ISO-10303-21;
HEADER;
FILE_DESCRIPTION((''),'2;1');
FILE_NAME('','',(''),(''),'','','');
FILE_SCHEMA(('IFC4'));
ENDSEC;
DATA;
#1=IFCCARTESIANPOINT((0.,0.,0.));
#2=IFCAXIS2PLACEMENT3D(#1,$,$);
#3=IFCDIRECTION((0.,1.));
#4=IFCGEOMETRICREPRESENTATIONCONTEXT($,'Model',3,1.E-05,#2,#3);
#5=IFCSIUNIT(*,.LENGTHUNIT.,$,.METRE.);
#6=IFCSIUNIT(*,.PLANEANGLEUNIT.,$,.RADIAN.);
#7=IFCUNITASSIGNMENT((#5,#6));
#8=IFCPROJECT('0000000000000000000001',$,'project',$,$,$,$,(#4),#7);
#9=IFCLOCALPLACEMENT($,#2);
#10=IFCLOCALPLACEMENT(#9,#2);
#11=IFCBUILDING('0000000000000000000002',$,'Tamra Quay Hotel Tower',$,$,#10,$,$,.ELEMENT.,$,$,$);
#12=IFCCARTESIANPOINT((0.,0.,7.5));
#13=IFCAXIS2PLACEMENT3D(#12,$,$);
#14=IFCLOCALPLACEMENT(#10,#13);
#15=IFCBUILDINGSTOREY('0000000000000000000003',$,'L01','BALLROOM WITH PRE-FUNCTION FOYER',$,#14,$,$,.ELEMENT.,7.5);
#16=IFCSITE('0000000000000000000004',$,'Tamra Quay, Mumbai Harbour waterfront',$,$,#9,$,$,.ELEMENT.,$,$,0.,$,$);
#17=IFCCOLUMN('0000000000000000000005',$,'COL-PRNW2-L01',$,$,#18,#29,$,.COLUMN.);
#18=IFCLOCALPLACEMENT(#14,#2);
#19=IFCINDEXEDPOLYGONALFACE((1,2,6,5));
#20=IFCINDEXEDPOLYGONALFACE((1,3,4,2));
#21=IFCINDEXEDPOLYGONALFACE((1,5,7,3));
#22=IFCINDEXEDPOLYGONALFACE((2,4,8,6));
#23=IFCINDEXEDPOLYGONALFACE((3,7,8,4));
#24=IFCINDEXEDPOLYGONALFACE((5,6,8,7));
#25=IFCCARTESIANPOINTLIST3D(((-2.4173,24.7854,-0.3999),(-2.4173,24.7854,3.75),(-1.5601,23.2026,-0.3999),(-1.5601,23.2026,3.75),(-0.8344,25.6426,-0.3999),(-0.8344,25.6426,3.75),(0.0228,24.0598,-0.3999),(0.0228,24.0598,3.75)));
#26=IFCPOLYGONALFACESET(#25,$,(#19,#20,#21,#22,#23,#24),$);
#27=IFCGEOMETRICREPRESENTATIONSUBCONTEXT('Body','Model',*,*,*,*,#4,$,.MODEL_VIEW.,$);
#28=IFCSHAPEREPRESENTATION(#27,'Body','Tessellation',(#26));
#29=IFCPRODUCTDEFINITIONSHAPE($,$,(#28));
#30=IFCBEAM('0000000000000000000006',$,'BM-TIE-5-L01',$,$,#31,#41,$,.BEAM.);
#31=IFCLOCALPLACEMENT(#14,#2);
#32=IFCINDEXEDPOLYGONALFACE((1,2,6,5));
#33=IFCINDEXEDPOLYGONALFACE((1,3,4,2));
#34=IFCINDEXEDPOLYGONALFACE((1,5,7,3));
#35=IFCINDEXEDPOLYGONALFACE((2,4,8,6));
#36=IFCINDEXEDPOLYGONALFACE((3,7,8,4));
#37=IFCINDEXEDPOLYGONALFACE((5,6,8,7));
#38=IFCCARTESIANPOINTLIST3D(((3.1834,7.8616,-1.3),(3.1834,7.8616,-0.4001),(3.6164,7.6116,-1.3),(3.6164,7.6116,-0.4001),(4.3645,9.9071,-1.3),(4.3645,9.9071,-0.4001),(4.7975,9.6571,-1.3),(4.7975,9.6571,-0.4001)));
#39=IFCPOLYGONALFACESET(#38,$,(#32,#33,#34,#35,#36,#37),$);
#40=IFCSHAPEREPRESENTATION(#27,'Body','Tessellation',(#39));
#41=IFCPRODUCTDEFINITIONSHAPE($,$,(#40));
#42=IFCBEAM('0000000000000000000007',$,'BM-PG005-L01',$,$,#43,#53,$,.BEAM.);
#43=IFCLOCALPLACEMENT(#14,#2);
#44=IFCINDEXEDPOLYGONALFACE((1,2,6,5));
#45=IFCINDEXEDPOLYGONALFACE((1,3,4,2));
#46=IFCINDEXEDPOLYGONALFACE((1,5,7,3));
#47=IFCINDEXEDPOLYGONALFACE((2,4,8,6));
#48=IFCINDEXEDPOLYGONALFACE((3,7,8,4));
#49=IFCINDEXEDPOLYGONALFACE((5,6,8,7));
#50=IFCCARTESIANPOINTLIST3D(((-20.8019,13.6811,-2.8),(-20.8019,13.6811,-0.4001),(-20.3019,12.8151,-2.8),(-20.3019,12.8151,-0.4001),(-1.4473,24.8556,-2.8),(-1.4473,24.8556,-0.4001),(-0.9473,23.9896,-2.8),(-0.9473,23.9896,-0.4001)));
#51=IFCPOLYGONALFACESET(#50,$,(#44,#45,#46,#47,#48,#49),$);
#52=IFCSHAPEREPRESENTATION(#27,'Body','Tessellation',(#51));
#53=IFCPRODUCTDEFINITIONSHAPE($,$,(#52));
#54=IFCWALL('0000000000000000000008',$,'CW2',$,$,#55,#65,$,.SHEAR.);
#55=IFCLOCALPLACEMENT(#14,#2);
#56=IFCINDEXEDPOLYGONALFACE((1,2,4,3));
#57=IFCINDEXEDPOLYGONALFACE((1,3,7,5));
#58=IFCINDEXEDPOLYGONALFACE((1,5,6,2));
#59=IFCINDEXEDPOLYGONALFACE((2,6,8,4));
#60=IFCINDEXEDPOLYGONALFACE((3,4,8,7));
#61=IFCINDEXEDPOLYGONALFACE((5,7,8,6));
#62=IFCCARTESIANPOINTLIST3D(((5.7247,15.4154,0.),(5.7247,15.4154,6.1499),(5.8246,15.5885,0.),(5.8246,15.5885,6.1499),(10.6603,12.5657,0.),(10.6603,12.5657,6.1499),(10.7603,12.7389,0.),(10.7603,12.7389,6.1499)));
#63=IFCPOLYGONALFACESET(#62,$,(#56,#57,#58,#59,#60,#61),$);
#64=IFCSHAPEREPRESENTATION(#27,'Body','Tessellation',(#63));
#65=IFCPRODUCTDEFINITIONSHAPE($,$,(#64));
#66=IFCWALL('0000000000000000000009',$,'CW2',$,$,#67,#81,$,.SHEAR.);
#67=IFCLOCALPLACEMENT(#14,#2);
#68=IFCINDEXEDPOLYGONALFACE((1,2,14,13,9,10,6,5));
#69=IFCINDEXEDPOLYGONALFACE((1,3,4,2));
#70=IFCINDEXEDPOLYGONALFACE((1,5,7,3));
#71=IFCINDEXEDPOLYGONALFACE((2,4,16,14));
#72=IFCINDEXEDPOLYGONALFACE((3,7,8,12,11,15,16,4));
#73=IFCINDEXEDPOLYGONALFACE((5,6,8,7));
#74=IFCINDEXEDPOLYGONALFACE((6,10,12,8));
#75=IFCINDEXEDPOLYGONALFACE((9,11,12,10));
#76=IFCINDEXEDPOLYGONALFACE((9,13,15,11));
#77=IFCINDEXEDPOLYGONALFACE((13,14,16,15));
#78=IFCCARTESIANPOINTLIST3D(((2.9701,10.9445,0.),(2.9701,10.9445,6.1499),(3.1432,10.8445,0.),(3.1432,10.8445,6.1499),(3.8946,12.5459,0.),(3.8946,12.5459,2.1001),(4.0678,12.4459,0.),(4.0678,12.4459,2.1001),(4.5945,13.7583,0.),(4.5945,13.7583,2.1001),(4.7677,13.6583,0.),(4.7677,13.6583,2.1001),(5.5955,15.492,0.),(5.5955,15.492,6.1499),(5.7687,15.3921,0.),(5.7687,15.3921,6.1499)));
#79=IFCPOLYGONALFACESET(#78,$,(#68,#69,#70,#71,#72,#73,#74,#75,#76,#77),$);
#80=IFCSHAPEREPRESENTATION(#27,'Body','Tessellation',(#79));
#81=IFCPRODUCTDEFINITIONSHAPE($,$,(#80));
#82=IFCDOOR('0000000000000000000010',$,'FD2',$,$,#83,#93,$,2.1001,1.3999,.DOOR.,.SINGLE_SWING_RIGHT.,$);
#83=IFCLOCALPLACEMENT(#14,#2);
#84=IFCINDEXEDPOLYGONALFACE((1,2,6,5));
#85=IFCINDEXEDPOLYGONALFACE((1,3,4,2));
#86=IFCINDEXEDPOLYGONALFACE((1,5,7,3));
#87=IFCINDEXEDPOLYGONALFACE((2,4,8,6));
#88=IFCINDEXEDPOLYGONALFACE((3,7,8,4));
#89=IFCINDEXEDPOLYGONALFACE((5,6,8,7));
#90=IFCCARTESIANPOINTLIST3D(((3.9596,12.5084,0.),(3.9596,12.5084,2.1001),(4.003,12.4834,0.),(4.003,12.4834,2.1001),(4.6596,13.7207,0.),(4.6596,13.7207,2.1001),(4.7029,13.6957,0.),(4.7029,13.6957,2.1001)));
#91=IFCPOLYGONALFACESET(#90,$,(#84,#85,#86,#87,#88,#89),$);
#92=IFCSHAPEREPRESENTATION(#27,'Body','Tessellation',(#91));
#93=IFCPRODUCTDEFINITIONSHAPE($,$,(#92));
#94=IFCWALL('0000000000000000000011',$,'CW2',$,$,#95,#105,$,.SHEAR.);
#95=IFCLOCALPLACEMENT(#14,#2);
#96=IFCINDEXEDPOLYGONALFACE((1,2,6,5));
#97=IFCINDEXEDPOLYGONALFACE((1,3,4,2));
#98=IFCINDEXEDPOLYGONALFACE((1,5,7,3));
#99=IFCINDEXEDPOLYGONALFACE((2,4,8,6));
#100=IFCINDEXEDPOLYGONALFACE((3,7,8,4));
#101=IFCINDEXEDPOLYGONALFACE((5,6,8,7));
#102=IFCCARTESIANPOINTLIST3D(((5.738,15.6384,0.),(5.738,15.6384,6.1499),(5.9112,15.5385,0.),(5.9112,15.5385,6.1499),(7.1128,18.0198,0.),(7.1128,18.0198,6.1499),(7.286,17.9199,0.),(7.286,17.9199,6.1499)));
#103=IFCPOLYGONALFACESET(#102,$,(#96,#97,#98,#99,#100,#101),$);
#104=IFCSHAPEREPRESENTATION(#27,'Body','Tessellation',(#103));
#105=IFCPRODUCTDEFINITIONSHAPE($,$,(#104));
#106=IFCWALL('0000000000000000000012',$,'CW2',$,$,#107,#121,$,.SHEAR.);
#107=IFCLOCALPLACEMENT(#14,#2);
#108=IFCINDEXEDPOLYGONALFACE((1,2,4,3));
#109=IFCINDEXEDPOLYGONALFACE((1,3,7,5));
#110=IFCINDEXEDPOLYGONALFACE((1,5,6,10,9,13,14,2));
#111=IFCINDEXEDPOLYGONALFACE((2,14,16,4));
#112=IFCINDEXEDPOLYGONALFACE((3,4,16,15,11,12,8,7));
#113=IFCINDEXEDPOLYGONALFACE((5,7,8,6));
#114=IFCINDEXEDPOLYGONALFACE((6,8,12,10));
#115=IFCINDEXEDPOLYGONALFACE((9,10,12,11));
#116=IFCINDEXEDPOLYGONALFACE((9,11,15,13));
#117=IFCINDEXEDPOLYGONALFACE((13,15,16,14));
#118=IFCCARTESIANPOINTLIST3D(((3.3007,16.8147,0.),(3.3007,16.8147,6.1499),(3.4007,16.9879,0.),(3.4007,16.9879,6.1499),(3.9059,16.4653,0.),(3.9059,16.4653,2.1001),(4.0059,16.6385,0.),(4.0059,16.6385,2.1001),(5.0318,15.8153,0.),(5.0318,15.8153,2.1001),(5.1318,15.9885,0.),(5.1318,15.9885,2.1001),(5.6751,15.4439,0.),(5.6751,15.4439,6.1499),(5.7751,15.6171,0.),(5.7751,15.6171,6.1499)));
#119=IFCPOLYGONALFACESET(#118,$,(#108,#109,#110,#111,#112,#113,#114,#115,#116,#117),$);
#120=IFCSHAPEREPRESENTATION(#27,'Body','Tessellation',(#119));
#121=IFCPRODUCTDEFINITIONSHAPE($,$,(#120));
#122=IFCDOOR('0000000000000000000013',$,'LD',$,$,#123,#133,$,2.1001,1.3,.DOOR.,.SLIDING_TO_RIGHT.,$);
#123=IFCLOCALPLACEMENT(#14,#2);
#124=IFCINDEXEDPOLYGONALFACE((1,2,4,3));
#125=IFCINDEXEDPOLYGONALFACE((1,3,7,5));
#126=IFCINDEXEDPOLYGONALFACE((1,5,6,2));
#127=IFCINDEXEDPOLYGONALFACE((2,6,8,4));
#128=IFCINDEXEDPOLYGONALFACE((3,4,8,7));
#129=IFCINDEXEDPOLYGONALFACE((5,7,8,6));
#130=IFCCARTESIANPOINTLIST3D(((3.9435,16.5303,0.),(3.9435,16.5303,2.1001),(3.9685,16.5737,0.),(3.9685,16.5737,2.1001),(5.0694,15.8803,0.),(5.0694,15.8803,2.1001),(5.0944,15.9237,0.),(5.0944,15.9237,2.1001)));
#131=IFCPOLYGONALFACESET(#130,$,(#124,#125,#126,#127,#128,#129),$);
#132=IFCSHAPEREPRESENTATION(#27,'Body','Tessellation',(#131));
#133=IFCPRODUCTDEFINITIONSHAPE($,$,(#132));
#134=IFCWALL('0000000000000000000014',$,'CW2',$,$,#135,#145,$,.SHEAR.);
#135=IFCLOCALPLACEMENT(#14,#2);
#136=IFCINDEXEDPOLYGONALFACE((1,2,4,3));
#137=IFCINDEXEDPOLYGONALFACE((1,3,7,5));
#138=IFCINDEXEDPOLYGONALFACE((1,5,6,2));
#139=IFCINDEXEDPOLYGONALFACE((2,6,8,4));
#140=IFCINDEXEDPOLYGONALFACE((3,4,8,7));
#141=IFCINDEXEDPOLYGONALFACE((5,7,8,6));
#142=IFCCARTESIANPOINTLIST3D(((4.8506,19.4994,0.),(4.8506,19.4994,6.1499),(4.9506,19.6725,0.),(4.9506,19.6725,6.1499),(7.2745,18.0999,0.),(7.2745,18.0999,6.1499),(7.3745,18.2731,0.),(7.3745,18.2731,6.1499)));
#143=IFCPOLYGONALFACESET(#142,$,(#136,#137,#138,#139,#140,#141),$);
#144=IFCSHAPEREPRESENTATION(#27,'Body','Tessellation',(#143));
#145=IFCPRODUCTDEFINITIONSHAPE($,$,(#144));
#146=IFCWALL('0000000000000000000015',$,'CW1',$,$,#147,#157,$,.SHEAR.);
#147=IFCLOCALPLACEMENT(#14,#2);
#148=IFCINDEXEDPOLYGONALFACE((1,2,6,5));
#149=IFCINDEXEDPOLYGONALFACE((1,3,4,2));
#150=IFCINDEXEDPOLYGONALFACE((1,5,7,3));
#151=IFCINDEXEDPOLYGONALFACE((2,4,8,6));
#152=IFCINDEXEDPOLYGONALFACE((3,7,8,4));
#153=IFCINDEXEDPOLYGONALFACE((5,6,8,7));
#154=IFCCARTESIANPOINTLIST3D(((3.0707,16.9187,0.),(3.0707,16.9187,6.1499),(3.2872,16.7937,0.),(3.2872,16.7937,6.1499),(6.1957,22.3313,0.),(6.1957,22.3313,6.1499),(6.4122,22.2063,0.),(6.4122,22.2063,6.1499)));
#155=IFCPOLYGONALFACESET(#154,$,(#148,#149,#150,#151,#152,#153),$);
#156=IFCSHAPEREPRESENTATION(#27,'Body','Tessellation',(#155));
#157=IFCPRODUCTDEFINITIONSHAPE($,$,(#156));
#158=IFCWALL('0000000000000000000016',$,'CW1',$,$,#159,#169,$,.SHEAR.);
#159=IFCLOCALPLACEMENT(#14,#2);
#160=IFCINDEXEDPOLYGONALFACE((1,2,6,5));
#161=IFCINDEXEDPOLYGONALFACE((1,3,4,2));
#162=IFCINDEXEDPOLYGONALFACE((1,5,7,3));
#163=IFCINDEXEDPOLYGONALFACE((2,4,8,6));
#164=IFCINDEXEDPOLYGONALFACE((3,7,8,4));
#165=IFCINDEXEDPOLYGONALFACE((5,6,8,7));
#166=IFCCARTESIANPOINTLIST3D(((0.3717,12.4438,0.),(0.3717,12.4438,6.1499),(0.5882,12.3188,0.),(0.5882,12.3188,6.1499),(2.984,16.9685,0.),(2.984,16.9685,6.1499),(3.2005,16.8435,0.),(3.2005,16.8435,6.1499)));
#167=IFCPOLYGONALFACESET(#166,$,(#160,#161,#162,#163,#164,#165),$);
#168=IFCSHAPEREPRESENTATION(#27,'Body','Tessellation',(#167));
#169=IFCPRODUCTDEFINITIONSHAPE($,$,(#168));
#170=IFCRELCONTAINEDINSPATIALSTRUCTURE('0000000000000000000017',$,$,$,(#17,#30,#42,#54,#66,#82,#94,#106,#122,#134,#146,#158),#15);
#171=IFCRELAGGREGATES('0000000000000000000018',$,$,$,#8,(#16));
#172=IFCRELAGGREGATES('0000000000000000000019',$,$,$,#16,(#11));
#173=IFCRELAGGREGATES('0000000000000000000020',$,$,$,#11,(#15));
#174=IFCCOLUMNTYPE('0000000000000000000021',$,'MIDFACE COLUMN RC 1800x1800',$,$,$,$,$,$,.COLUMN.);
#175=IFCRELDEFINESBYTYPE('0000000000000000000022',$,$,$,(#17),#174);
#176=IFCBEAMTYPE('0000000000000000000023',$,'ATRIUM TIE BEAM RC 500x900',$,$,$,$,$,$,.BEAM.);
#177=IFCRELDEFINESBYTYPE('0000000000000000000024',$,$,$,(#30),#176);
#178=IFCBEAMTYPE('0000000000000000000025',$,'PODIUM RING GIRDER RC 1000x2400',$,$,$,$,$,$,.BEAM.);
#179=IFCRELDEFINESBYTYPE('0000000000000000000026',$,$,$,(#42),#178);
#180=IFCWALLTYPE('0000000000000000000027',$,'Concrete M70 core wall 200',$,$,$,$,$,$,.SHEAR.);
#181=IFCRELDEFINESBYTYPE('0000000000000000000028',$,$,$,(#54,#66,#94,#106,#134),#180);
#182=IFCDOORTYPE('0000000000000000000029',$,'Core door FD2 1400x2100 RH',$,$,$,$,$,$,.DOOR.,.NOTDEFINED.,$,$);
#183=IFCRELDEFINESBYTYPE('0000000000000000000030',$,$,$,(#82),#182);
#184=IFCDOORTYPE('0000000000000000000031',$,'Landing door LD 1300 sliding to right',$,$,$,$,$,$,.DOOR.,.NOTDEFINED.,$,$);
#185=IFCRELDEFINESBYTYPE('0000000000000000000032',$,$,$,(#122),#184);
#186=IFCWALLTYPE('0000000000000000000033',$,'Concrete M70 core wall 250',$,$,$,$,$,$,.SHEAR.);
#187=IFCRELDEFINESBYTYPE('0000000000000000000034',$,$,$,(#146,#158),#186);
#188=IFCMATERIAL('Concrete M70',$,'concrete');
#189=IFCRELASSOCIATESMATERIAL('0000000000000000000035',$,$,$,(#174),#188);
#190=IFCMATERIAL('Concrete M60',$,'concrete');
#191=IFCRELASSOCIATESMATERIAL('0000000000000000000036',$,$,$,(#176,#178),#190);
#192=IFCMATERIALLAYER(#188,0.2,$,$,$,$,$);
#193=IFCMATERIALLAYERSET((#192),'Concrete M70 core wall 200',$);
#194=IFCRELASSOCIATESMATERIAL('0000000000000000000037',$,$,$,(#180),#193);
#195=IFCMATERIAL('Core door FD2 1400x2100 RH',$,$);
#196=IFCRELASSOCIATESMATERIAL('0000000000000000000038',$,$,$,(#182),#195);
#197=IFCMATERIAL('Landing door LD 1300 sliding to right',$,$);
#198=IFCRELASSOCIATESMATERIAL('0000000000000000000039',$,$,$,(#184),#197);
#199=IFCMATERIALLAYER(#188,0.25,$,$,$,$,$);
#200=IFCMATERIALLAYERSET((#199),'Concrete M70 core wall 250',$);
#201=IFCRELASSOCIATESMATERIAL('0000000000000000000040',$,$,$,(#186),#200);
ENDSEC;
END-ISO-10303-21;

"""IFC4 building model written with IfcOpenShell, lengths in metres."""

from ifc_helpers import new_model, si_unit, direction, frame, frame_2d, origin, origin_2d, place, context, subcontext, project, spatial, rectangle, extrude, material, layer, layer_set, material_profile, profile_set, type_object, element, fill, save


model = new_model("IFC4")

# Units and contexts
model_context = context("Model", 3, precision=1e-05, world=origin(), true_north=direction((0.0, 1.0)))
body_context = subcontext(model_context, "Body", "Model", "MODEL_VIEW")
ifc_project = project(units=[si_unit("LENGTHUNIT", "METRE"), si_unit("PLANEANGLEUNIT", "RADIAN")], contexts=[model_context])

# Site, building, storey
site_placement = place(None, origin())
site = spatial("IfcSite", under=ifc_project, at=site_placement, Name="Tamra Quay, Mumbai Harbour waterfront", CompositionType="ELEMENT", RefElevation=0.0)
building_placement = place(site_placement, origin())
building = spatial("IfcBuilding", under=site, at=building_placement, Name="Tamra Quay Hotel Tower", CompositionType="ELEMENT")
storey_placement = place(building_placement, frame((0.0, 0.0, 7.5)))
storey = spatial("IfcBuildingStorey", under=building, at=storey_placement, Name="L01", Description="BALLROOM WITH PRE-FUNCTION FOYER", CompositionType="ELEMENT", Elevation=7.5)

# Column
ifc_material_1 = material(Name="Concrete M70", Category="concrete")
ifc_material_profile_1 = material_profile(ifc_material_1, rectangle(XDim=1.8, YDim=1.8, at=origin_2d()), Name="MIDFACE COLUMN RC 1800x1800")
ifc_profile_set_1 = profile_set([ifc_material_profile_1], Name="Concrete M70")
column_type = type_object("IfcColumnType", Name="MIDFACE COLUMN RC 1800x1800", PredefinedType="COLUMN", material=ifc_profile_set_1)
column_placement = place(storey_placement, frame((-1.1973, 24.4226, -0.3999), z_axis=(0.0, 0.0, 1.0), x_axis=(-0.476198, 0.879338, 0.0)))
element("IfcColumn", 1, at=column_placement, inside=storey, type_object=column_type, Name="COL-PRNW2-L01", PredefinedType="COLUMN", context=body_context, shape_type="SweptSolid", body=[
    extrude(rectangle(XDim=1.8, YDim=1.8, at=origin_2d()), origin(), (0.0, 0.0, 1.0), 4.1499),
])

# Beams
ifc_material_2 = material(Name="Concrete M60", Category="concrete")
ifc_material_profile_2 = material_profile(ifc_material_2, rectangle(XDim=0.5, YDim=0.8999, at=origin_2d()), Name="ATRIUM TIE BEAM RC 500x900")
ifc_profile_set_2 = profile_set([ifc_material_profile_2], Name="Concrete M60")
beam_type_1 = type_object("IfcBeamType", Name="ATRIUM TIE BEAM RC 500x900", PredefinedType="BEAM", material=ifc_profile_set_2)
beam_1_placement = place(storey_placement, frame((3.3999, 7.7366, -0.8501), z_axis=(0.50003, 0.866008, 0.0), x_axis=(-0.866008, 0.50003, 0.0)))
element("IfcBeam", 2, at=beam_1_placement, inside=storey, type_object=beam_type_1, Name="BM-TIE-5-L01", PredefinedType="BEAM", context=body_context, shape_type="SweptSolid", body=[
    extrude(rectangle(XDim=0.5, YDim=0.8999, at=origin_2d()), origin(), (0.0, 0.0, 1.0), 2.3621),
])
ifc_material_profile_3 = material_profile(ifc_material_2, rectangle(XDim=1.0, YDim=2.3999, at=origin_2d()), Name="PODIUM RING GIRDER RC 1000x2400")
ifc_profile_set_3 = profile_set([ifc_material_profile_3], Name="Concrete M60")
beam_type_2 = type_object("IfcBeamType", Name="PODIUM RING GIRDER RC 1000x2400", PredefinedType="BEAM", material=ifc_profile_set_3)
beam_2_placement = place(storey_placement, frame((-1.1973, 24.4226, -1.6001), z_axis=(-0.866023, -0.500003, 0.0), x_axis=(0.500003, -0.866023, 0.0)))
element("IfcBeam", 3, at=beam_2_placement, inside=storey, type_object=beam_type_2, Name="BM-PG005-L01", PredefinedType="BEAM", context=body_context, shape_type="SweptSolid", body=[
    extrude(rectangle(XDim=1.0, YDim=2.3999, at=origin_2d()), origin(), (0.0, 0.0, 1.0), 22.3489),
])

# Wall
ifc_layer_1 = layer(ifc_material_1, 0.2)
ifc_layer_set_1 = layer_set([ifc_layer_1], Name="Concrete M70 core wall 200")
wall_type_1 = type_object("IfcWallType", Name="Concrete M70 core wall 200", PredefinedType="SHEAR", material=ifc_layer_set_1)
wall_1_placement = place(storey_placement, frame((5.7747, 15.502, 0.0), z_axis=(0.0, 0.0, 1.0), x_axis=(0.86602, -0.500009, 0.0)))
element("IfcWall", 4, at=wall_1_placement, inside=storey, type_object=wall_type_1, Name="CW2", PredefinedType="SHEAR", context=body_context, shape_type="SweptSolid", body=[
    extrude(rectangle(XDim=5.6992, YDim=0.2, at=frame_2d((2.8496, 0.0))), origin(), (0.0, 0.0, 1.0), 6.1499),
])

# Wall, opening, door
wall_2_placement = place(storey_placement, frame((3.0566, 10.8945, 0.0), z_axis=(0.0, 0.0, 1.0), x_axis=(0.499989, 0.866032, 0.0)))
wall_2 = element("IfcWall", 5, at=wall_2_placement, inside=storey, type_object=wall_type_1, Name="CW2", PredefinedType="SHEAR", context=body_context, shape_type="SweptSolid", body=[
    extrude(rectangle(XDim=5.251, YDim=0.2, at=frame_2d((2.6255, 0.0))), origin(), (0.0, 0.0, 1.0), 6.1499),
])
opening_1_placement = place(wall_2_placement, frame((1.8491, 0.0, 0.0)))
opening_1 = element("IfcOpeningElement", 6, at=opening_1_placement, cuts=wall_2, PredefinedType="OPENING", context=body_context, shape_type="SweptSolid", body=[
    extrude(rectangle(XDim=1.3999, YDim=2.1001, at=frame_2d((0.7, 1.05))), frame((0.0, 0.1099, 0.0), z_axis=(0.0, -1.0, 0.0), x_axis=(1.0, 0.0, 0.0)), (0.0, 0.0, 1.0), 0.22),
])
ifc_material_3 = material(Name="Core door FD2 1400x2100 RH")
door_type_1 = type_object("IfcDoorType", Name="Core door FD2 1400x2100 RH", OperationType="NOTDEFINED", PredefinedType="DOOR", material=ifc_material_3)
door_1_placement = place(opening_1_placement, origin())
door_1 = element("IfcDoor", 7, at=door_1_placement, inside=storey, type_object=door_type_1, Name="FD2", OperationType="SINGLE_SWING_RIGHT", OverallHeight=2.1001, OverallWidth=1.3999, PredefinedType="DOOR", context=body_context, shape_type="SweptSolid", body=[
    extrude(rectangle(XDim=1.3999, YDim=2.1001, at=frame_2d((0.7, 1.05))), frame((0.0, 0.0249, 0.0), z_axis=(0.0, -1.0, 0.0), x_axis=(1.0, 0.0, 0.0)), (0.0, 0.0, 1.0), 0.05),
])
fill(opening_1, door_1)

# Wall
wall_3_placement = place(storey_placement, frame((7.1995, 17.97, 0.0), z_axis=(0.0, 0.0, 1.0), x_axis=(-0.499968, -0.866044, 0.0)))
element("IfcWall", 8, at=wall_3_placement, inside=storey, type_object=wall_type_1, Name="CW2", PredefinedType="SHEAR", context=body_context, shape_type="SweptSolid", body=[
    extrude(rectangle(XDim=2.7498, YDim=0.2, at=frame_2d((1.375, 0.0))), origin(), (0.0, 0.0, 1.0), 6.1499),
])

# Wall, opening, door
wall_4_placement = place(storey_placement, frame((5.7251, 15.5305, 0.0), z_axis=(0.0, 0.0, 1.0), x_axis=(-0.866037, 0.499979, 0.0)))
wall_4 = element("IfcWall", 9, at=wall_4_placement, inside=storey, type_object=wall_type_1, Name="CW2", PredefinedType="SHEAR", context=body_context, shape_type="SweptSolid", body=[
    extrude(rectangle(XDim=2.7417, YDim=0.2, at=frame_2d((1.3708, 0.0))), origin(), (0.0, 0.0, 1.0), 6.1499),
])
opening_2_placement = place(wall_4_placement, frame((0.7429, 0.0, 0.0)))
opening_2 = element("IfcOpeningElement", 10, at=opening_2_placement, cuts=wall_4, PredefinedType="OPENING", context=body_context, shape_type="SweptSolid", body=[
    extrude(rectangle(XDim=1.3, YDim=2.1001, at=frame_2d((0.6499, 1.05))), frame((0.0, 0.1099, 0.0), z_axis=(0.0, -1.0, 0.0), x_axis=(1.0, 0.0, 0.0)), (0.0, 0.0, 1.0), 0.22),
])
ifc_material_4 = material(Name="Landing door LD 1300 sliding to right")
door_type_2 = type_object("IfcDoorType", Name="Landing door LD 1300 sliding to right", OperationType="NOTDEFINED", PredefinedType="DOOR", material=ifc_material_4)
door_2_placement = place(opening_2_placement, origin())
door_2 = element("IfcDoor", 11, at=door_2_placement, inside=storey, type_object=door_type_2, Name="LD", OperationType="SLIDING_TO_RIGHT", OverallHeight=2.1001, OverallWidth=1.3, PredefinedType="DOOR", context=body_context, shape_type="SweptSolid", body=[
    extrude(rectangle(XDim=1.3, YDim=2.1001, at=frame_2d((0.6499, 1.05))), frame((0.0, 0.0249, 0.0), z_axis=(0.0, -1.0, 0.0), x_axis=(1.0, 0.0, 0.0)), (0.0, 0.0, 1.0), 0.05),
])
fill(opening_2, door_2)

# Walls
wall_5_placement = place(storey_placement, frame((4.9006, 19.5859, 0.0), z_axis=(0.0, 0.0, 1.0), x_axis=(0.866023, -0.500004, 0.0)))
element("IfcWall", 12, at=wall_5_placement, inside=storey, type_object=wall_type_1, Name="CW2", PredefinedType="SHEAR", context=body_context, shape_type="SweptSolid", body=[
    extrude(rectangle(XDim=2.7988, YDim=0.2, at=frame_2d((1.3994, 0.0))), origin(), (0.0, 0.0, 1.0), 6.1499),
])
ifc_layer_2 = layer(ifc_material_1, 0.25)
ifc_layer_set_2 = layer_set([ifc_layer_2], Name="Concrete M70 core wall 250")
wall_type_2 = type_object("IfcWallType", Name="Concrete M70 core wall 250", PredefinedType="SHEAR", material=ifc_layer_set_2)
wall_6_placement = place(storey_placement, frame((3.179, 16.8562, 0.0), z_axis=(0.0, 0.0, 1.0), x_axis=(0.500004, 0.866023, 0.0)))
element("IfcWall", 13, at=wall_6_placement, inside=storey, type_object=wall_type_2, Name="CW1", PredefinedType="SHEAR", context=body_context, shape_type="SweptSolid", body=[
    extrude(rectangle(XDim=6.25, YDim=0.25, at=frame_2d((3.125, 0.0))), origin(), (0.0, 0.0, 1.0), 6.1499),
])
wall_7_placement = place(storey_placement, frame((0.48, 12.3813, 0.0), z_axis=(0.0, 0.0, 1.0), x_axis=(0.499999, 0.866026, 0.0)))
element("IfcWall", 14, at=wall_7_placement, inside=storey, type_object=wall_type_2, Name="CW1", PredefinedType="SHEAR", context=body_context, shape_type="SweptSolid", body=[
    extrude(rectangle(XDim=5.2246, YDim=0.25, at=frame_2d((2.6123, 0.0))), origin(), (0.0, 0.0, 1.0), 6.1499),
])

save(model, "model.ifc")
